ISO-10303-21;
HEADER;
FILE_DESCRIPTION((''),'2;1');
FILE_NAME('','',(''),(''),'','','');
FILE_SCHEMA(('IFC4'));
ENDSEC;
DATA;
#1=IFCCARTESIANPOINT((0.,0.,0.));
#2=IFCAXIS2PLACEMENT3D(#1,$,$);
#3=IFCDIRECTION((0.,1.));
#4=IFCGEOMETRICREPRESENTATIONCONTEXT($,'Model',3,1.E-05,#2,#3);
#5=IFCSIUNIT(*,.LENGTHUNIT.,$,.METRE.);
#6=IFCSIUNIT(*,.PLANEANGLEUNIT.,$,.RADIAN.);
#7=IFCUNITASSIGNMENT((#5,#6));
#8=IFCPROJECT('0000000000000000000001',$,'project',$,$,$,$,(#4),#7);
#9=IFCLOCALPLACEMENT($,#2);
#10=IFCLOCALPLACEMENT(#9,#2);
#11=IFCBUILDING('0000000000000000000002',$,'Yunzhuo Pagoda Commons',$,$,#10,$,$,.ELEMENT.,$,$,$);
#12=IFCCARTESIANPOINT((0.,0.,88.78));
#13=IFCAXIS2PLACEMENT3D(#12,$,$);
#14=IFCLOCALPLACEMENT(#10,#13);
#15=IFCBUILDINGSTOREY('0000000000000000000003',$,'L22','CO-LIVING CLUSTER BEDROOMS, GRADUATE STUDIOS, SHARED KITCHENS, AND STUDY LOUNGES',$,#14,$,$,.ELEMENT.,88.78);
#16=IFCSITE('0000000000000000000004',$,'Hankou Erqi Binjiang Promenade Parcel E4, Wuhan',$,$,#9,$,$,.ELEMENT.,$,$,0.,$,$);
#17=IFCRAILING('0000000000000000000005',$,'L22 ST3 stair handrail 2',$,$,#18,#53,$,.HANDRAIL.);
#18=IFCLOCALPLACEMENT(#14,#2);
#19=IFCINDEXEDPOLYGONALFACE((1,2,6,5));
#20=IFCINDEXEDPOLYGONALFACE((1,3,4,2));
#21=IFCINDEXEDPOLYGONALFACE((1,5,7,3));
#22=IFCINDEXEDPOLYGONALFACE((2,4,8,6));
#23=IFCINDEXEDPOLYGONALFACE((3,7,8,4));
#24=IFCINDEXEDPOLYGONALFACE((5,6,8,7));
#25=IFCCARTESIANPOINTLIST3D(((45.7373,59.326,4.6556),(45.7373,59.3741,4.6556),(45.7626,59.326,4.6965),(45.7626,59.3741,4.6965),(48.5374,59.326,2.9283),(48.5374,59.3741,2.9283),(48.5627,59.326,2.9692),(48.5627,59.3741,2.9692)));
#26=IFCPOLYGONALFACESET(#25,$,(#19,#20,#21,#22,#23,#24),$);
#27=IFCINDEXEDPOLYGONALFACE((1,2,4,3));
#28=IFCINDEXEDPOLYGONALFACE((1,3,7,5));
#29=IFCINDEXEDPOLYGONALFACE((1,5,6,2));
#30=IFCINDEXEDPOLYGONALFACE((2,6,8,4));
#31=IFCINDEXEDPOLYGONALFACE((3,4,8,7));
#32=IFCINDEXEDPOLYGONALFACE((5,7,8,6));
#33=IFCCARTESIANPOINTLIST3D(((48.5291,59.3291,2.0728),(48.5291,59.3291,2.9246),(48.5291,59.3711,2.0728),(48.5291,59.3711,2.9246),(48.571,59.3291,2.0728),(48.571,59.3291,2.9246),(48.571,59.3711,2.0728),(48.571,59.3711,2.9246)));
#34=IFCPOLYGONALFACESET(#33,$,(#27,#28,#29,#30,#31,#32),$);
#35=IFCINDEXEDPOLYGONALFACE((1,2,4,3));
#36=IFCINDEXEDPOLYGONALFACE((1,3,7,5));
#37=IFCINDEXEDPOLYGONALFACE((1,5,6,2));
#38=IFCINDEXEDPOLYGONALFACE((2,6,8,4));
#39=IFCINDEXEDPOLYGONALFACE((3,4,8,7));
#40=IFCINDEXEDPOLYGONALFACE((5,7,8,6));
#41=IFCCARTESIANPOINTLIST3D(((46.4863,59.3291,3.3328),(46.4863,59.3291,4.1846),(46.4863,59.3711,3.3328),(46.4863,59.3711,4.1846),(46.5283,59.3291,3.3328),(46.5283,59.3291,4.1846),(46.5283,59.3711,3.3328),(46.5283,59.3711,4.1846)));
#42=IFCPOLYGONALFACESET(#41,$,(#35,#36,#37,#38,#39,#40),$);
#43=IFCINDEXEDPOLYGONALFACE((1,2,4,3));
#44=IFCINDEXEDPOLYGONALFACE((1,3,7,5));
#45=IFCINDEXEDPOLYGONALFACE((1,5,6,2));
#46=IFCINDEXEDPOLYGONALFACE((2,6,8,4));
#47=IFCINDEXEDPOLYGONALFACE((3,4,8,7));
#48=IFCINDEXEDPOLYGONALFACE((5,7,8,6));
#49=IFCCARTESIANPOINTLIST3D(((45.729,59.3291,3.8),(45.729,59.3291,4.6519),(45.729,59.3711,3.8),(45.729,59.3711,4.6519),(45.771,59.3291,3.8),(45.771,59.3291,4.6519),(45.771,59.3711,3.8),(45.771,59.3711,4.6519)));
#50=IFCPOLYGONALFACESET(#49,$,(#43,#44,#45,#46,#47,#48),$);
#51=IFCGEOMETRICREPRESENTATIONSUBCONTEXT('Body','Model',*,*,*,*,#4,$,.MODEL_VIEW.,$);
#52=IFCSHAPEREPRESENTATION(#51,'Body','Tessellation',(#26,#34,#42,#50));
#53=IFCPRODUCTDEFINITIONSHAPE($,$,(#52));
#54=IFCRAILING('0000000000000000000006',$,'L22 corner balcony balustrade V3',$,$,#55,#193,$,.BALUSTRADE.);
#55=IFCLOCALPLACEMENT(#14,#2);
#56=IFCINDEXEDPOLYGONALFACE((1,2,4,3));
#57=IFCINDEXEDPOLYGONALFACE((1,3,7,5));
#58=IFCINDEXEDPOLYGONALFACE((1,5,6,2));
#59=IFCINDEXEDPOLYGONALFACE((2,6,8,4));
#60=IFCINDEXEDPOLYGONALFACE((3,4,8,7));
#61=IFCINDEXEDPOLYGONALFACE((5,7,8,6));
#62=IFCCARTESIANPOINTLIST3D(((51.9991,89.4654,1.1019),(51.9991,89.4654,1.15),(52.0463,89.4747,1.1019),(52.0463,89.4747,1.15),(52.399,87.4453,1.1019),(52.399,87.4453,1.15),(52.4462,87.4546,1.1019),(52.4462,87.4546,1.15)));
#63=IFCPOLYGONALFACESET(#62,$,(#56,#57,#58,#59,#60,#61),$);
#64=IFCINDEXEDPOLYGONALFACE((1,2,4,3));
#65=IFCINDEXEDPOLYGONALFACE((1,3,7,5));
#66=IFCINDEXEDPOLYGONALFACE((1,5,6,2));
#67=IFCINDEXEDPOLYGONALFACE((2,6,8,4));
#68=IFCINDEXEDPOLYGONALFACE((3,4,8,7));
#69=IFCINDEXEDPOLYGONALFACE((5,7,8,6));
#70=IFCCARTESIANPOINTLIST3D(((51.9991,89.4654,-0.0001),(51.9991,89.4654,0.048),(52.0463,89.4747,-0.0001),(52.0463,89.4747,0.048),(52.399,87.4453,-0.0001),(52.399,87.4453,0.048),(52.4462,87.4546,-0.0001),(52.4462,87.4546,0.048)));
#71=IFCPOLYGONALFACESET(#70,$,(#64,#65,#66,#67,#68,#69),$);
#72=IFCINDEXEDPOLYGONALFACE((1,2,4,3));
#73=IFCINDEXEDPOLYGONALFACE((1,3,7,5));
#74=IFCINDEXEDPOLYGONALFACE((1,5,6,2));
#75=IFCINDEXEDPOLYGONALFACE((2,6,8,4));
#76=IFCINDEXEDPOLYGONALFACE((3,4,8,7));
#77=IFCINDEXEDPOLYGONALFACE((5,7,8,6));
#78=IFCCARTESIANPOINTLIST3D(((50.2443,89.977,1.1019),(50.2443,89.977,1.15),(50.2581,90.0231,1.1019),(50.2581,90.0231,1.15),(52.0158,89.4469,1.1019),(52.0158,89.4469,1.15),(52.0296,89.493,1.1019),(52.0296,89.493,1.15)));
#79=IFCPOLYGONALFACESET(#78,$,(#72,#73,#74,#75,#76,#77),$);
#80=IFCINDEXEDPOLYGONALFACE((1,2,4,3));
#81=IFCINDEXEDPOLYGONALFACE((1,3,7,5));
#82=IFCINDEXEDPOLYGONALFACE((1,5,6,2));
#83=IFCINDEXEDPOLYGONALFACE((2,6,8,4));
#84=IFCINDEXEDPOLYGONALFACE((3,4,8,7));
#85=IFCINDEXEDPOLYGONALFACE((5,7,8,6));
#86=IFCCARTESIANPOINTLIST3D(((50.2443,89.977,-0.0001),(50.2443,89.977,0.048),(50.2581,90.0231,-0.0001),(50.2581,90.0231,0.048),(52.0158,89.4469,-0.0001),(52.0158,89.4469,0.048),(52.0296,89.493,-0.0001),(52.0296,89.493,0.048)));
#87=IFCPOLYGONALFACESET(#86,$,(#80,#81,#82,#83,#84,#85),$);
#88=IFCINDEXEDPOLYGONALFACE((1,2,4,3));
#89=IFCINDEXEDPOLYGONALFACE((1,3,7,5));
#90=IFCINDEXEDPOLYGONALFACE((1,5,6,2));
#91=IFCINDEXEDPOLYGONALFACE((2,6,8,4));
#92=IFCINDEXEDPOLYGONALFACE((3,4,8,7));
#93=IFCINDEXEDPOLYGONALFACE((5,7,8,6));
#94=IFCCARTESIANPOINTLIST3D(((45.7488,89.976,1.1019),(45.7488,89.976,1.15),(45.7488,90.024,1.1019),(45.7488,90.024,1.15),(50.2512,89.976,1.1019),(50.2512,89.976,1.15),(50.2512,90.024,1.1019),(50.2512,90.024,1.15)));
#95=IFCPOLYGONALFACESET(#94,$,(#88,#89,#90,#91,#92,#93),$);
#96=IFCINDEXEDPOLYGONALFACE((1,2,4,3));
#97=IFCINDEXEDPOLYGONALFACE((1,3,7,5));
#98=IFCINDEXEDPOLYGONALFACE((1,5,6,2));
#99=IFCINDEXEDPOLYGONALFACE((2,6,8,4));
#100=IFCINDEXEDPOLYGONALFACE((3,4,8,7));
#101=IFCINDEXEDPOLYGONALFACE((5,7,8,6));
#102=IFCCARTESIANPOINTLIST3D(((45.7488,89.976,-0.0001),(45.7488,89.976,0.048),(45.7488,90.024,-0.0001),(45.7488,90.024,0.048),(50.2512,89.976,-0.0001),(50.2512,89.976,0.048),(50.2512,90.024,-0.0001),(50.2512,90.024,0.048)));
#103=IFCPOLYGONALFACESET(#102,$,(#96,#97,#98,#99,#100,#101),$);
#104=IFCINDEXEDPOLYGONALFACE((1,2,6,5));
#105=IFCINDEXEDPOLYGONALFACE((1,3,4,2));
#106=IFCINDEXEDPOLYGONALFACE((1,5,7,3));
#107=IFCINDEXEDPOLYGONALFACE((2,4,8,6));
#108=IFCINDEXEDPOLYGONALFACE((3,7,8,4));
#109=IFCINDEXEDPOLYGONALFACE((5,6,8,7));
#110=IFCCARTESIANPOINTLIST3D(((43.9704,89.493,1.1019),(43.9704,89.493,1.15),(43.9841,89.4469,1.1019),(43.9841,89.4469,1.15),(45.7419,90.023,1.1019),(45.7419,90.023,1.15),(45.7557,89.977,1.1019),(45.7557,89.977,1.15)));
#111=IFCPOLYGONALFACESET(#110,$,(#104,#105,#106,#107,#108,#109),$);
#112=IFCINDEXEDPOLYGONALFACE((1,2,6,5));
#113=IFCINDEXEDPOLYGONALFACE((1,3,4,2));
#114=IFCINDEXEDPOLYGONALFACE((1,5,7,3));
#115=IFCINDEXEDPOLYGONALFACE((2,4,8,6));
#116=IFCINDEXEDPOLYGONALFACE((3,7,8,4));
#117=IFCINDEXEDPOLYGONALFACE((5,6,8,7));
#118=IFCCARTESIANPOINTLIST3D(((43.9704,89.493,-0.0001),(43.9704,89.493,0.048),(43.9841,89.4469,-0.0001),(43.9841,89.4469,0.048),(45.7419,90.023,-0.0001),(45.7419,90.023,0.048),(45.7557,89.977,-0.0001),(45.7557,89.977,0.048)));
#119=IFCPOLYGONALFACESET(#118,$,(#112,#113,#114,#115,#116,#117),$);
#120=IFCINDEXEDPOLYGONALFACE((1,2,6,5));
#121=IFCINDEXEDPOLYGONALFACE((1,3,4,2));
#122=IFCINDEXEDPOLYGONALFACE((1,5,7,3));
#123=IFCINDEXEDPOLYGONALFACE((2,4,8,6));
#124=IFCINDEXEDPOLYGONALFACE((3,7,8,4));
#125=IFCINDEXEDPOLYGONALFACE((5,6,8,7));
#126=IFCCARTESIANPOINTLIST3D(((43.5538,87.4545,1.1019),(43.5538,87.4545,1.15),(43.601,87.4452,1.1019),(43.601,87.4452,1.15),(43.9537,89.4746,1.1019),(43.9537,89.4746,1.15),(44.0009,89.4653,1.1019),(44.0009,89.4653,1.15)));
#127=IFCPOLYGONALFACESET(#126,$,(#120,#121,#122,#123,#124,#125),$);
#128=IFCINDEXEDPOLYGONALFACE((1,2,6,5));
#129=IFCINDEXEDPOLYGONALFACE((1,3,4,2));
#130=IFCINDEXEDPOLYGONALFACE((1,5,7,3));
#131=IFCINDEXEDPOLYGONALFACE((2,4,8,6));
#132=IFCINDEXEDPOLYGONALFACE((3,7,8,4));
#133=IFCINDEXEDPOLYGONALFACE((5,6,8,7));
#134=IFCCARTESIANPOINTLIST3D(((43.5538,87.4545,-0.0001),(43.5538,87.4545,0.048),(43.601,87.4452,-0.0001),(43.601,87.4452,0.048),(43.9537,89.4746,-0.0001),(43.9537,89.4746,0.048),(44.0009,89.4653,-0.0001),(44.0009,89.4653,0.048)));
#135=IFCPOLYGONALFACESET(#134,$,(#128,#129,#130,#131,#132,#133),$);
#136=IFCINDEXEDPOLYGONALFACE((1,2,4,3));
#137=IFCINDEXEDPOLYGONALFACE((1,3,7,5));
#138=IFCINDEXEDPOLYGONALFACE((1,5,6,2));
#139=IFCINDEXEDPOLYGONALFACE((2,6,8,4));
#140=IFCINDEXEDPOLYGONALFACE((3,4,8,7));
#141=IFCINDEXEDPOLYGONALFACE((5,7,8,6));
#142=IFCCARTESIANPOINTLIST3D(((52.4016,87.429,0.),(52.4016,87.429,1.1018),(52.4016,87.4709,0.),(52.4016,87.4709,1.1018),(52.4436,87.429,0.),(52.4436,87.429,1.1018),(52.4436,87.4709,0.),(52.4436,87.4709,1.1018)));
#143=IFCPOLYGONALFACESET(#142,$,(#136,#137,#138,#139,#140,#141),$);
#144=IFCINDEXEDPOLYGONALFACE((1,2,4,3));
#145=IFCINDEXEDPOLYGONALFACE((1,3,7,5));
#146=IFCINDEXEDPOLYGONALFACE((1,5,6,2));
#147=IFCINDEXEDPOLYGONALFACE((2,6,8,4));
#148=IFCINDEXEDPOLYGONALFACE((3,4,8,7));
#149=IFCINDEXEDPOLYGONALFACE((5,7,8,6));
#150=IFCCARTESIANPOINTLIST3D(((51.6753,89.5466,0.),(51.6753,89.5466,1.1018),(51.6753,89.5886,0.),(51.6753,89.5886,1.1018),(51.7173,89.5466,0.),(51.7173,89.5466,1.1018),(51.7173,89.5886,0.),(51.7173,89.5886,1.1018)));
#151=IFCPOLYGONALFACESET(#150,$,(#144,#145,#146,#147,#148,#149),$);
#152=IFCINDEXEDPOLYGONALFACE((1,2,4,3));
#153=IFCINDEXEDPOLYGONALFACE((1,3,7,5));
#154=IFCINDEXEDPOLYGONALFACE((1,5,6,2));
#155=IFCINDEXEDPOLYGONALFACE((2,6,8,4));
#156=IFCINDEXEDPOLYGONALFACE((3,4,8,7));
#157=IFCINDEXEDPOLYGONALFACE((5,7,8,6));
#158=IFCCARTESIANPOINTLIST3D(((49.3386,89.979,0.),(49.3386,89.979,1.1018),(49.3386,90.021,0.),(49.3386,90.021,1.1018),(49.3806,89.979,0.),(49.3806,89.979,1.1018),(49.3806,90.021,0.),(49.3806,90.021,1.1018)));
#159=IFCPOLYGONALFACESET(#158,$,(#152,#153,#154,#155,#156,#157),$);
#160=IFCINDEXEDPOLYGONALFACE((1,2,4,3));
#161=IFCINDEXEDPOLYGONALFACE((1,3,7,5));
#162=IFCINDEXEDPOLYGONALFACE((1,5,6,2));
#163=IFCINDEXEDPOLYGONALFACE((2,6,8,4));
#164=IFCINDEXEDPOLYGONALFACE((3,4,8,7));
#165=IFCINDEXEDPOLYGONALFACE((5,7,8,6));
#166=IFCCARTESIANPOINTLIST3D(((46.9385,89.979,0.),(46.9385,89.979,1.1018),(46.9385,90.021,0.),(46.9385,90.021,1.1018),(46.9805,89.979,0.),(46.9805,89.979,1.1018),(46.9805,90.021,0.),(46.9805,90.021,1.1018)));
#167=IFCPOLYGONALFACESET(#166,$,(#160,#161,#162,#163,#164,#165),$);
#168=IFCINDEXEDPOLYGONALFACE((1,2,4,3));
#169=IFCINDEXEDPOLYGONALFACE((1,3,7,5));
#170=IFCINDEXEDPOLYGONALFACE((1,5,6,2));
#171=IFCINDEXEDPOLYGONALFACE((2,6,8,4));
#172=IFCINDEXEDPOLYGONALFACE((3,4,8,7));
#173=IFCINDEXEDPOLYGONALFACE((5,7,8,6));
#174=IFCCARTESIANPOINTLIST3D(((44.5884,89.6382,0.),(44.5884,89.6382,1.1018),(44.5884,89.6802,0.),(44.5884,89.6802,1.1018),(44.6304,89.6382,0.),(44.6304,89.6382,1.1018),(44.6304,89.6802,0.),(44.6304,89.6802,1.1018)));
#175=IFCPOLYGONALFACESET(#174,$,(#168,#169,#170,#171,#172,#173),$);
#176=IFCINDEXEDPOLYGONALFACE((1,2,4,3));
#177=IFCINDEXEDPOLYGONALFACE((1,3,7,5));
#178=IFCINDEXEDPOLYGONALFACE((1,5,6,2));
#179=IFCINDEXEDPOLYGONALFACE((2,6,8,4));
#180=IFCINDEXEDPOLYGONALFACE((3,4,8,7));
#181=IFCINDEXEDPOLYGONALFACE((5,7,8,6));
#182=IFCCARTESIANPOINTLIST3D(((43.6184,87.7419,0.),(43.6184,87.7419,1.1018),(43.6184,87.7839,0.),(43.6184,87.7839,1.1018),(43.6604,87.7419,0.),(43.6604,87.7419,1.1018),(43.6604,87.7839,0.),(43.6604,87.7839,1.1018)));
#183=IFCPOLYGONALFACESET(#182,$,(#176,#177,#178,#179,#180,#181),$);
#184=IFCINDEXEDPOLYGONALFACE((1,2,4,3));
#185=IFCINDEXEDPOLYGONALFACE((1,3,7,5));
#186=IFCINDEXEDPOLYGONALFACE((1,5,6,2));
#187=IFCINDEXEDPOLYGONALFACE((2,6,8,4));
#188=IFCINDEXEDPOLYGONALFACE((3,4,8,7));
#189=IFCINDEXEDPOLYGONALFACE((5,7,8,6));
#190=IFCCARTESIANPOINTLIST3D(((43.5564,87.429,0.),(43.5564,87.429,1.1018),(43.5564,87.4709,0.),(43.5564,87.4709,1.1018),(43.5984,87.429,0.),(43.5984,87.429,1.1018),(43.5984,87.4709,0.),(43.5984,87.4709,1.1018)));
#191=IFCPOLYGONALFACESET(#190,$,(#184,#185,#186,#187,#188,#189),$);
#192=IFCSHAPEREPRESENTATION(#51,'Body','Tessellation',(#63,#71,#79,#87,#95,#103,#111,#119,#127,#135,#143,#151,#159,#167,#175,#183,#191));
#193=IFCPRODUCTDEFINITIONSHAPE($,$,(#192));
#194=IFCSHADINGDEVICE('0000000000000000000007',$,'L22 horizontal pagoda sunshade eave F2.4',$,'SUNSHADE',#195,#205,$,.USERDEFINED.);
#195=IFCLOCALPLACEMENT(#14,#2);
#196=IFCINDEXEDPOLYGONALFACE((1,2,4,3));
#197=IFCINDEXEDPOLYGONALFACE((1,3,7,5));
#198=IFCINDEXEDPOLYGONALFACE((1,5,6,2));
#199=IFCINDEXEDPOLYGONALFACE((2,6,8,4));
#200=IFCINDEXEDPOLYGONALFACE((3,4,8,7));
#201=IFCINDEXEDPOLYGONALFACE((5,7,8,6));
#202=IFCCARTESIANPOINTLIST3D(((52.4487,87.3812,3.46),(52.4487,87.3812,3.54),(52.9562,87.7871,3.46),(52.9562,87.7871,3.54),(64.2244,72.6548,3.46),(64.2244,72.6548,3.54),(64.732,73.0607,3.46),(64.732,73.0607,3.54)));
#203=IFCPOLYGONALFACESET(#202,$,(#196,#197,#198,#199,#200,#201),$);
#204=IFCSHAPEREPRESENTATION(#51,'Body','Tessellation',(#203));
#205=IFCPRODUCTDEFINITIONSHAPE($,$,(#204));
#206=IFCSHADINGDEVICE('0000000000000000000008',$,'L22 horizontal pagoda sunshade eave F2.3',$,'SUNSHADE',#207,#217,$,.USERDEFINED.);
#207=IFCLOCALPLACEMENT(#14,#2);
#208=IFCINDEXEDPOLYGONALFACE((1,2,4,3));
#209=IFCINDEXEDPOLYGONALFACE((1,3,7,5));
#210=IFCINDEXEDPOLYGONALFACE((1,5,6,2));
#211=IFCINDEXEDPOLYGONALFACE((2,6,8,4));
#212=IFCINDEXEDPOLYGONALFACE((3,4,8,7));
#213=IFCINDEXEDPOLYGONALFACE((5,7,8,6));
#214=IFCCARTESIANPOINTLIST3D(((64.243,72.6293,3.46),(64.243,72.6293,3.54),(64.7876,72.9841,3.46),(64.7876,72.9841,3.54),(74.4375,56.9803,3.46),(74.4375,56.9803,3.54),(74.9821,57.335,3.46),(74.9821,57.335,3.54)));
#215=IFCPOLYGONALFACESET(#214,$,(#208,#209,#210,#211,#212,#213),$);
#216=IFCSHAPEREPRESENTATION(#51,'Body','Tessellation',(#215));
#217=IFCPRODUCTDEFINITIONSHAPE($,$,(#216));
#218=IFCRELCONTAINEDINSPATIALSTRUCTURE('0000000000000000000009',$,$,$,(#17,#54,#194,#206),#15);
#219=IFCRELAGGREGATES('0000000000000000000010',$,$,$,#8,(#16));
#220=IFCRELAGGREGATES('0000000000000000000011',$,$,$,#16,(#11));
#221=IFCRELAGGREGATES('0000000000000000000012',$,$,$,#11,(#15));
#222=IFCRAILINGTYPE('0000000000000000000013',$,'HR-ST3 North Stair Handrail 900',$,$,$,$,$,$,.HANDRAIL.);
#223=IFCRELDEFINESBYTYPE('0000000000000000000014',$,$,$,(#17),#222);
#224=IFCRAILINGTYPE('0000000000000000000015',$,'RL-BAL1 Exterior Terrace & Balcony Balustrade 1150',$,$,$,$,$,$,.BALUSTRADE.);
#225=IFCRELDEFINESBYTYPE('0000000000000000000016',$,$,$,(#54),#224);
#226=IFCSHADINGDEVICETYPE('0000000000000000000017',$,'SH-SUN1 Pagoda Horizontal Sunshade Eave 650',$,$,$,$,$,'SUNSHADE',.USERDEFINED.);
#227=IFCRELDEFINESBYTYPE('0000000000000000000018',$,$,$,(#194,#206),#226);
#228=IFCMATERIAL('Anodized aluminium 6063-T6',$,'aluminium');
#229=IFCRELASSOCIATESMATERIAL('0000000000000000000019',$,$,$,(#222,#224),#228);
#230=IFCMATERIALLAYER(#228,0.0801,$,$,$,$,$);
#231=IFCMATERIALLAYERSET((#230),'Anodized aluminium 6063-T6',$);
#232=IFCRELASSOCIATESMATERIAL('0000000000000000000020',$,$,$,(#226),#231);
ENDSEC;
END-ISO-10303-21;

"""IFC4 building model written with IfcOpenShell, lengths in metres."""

from ifc_helpers import new_model, si_unit, direction, frame, origin, origin_2d, place, context, subcontext, project, spatial, rectangle, extrude, source, transform, mapped, material, layer, layer_set, type_object, element, save


model = new_model("IFC4")

# Units and contexts
model_context = context("Model", 3, precision=1e-05, world=origin(), true_north=direction((0.0, 1.0)))
body_context = subcontext(model_context, "Body", "Model", "MODEL_VIEW")
ifc_project = project(units=[si_unit("LENGTHUNIT", "METRE"), si_unit("PLANEANGLEUNIT", "RADIAN")], contexts=[model_context])

# Site, building, storey
site_placement = place(None, origin())
site = spatial("IfcSite", under=ifc_project, at=site_placement, Name="Hankou Erqi Binjiang Promenade Parcel E4, Wuhan", CompositionType="ELEMENT", RefElevation=0.0)
building_placement = place(site_placement, origin())
building = spatial("IfcBuilding", under=site, at=building_placement, Name="Yunzhuo Pagoda Commons", CompositionType="ELEMENT")
storey_placement = place(building_placement, frame((0.0, 0.0, 88.78)))
storey = spatial("IfcBuildingStorey", under=building, at=storey_placement, Name="L22", Description="CO-LIVING CLUSTER BEDROOMS, GRADUATE STUDIOS, SHARED KITCHENS, AND STUDY LOUNGES", CompositionType="ELEMENT", Elevation=88.78)

# Shared definitions
ifc_material_1 = material(Name="Anodized aluminium 6063-T6", Category="aluminium")

# Railings
railing_type_1 = type_object("IfcRailingType", Name="HR-ST3 North Stair Handrail 900", PredefinedType="HANDRAIL", material=ifc_material_1)
railing_1_placement = place(storey_placement, frame((48.55, 59.3501, 2.0728)))
element("IfcRailing", 1, at=railing_1_placement, inside=storey, type_object=railing_type_1, Name="L22 ST3 stair handrail 2", PredefinedType="HANDRAIL", context=body_context, shape_type="SweptSolid", body=[
    extrude(rectangle(XDim=0.0481, YDim=0.0481, at=origin_2d()), frame((0.0, 0.0, 0.876), z_axis=(-0.85109, 0.0, 0.52502), x_axis=(0.0, -1.0, 0.0)), (0.0, 0.0, 1.0), 3.29),
    extrude(rectangle(XDim=0.042, YDim=0.042, at=origin_2d()), origin(), (0.0, 0.0, 1.0), 0.8518),
    extrude(rectangle(XDim=0.042, YDim=0.042, at=origin_2d()), frame((-2.0427, 0.0, 1.26)), (0.0, 0.0, 1.0), 0.8518),
    extrude(rectangle(XDim=0.042, YDim=0.042, at=origin_2d()), frame((-2.8, 0.0, 1.7273)), (0.0, 0.0, 1.0), 0.8518),
])
railing_type_2 = type_object("IfcRailingType", Name="RL-BAL1 Exterior Terrace & Balcony Balustrade 1150", PredefinedType="BALUSTRADE", material=ifc_material_1)
railing_2_placement = place(storey_placement, frame((52.4226, 87.45, 0.0)))
element("IfcRailing", 2, at=railing_2_placement, inside=storey, type_object=railing_type_2, Name="L22 corner balcony balustrade V3", PredefinedType="BALUSTRADE", context=body_context, shape_type="SweptSolid", body=[
    extrude(rectangle(XDim=0.0481, YDim=0.0481, at=origin_2d()), frame((0.0, 0.0, 1.126), z_axis=(-0.194201, 0.980962, 0.0), x_axis=(-0.980962, -0.194201, 0.0)), (0.0, 0.0, 1.0), 2.0593),
    extrude(rectangle(XDim=0.0481, YDim=0.0481, at=origin_2d()), frame((0.0, 0.0, 0.0239), z_axis=(-0.194201, 0.980962, 0.0), x_axis=(-0.980962, -0.194201, 0.0)), (0.0, 0.0, 1.0), 2.0593),
    extrude(rectangle(XDim=0.0481, YDim=0.0481, at=origin_2d()), frame((-0.3999, 2.02, 1.126), z_axis=(-0.958037, 0.286645, 0.0), x_axis=(-0.286645, -0.958037, 0.0)), (0.0, 0.0, 1.0), 1.8491),
    extrude(rectangle(XDim=0.0481, YDim=0.0481, at=origin_2d()), frame((-0.3999, 2.02, 0.0239), z_axis=(-0.958037, 0.286645, 0.0), x_axis=(-0.286645, -0.958037, 0.0)), (0.0, 0.0, 1.0), 1.8491),
    extrude(rectangle(XDim=0.0481, YDim=0.0481, at=origin_2d()), frame((-2.1714, 2.55, 1.126), z_axis=(-1.0, 0.0, 0.0), x_axis=(0.0, -1.0, 0.0)), (0.0, 0.0, 1.0), 4.5024),
    extrude(rectangle(XDim=0.0481, YDim=0.0481, at=origin_2d()), frame((-2.1714, 2.55, 0.0239), z_axis=(-1.0, 0.0, 0.0), x_axis=(0.0, -1.0, 0.0)), (0.0, 0.0, 1.0), 4.5024),
    extrude(rectangle(XDim=0.0481, YDim=0.0481, at=origin_2d()), frame((-6.6738, 2.55, 1.126), z_axis=(-0.958037, -0.286645, 0.0), x_axis=(0.286645, -0.958037, 0.0)), (0.0, 0.0, 1.0), 1.8491),
    extrude(rectangle(XDim=0.0481, YDim=0.0481, at=origin_2d()), frame((-6.6738, 2.55, 0.0239), z_axis=(-0.958037, -0.286645, 0.0), x_axis=(0.286645, -0.958037, 0.0)), (0.0, 0.0, 1.0), 1.8491),
    extrude(rectangle(XDim=0.0481, YDim=0.0481, at=origin_2d()), frame((-8.4453, 2.02, 1.126), z_axis=(-0.194201, -0.980962, 0.0), x_axis=(0.980962, -0.194201, 0.0)), (0.0, 0.0, 1.0), 2.0593),
    extrude(rectangle(XDim=0.0481, YDim=0.0481, at=origin_2d()), frame((-8.4453, 2.02, 0.0239), z_axis=(-0.194201, -0.980962, 0.0), x_axis=(0.980962, -0.194201, 0.0)), (0.0, 0.0, 1.0), 2.0593),
    extrude(rectangle(XDim=0.042, YDim=0.042, at=origin_2d()), origin(), (0.0, 0.0, 1.0), 1.1018),
    extrude(rectangle(XDim=0.042, YDim=0.042, at=origin_2d()), frame((-0.7263, 2.1177, 0.0)), (0.0, 0.0, 1.0), 1.1018),
    extrude(rectangle(XDim=0.042, YDim=0.042, at=origin_2d()), frame((-3.063, 2.55, 0.0)), (0.0, 0.0, 1.0), 1.1018),
    extrude(rectangle(XDim=0.042, YDim=0.042, at=origin_2d()), frame((-5.4631, 2.55, 0.0)), (0.0, 0.0, 1.0), 1.1018),
    extrude(rectangle(XDim=0.042, YDim=0.042, at=origin_2d()), frame((-7.8132, 2.2092, 0.0)), (0.0, 0.0, 1.0), 1.1018),
    extrude(rectangle(XDim=0.042, YDim=0.042, at=origin_2d()), frame((-8.7832, 0.313, 0.0)), (0.0, 0.0, 1.0), 1.1018),
    extrude(rectangle(XDim=0.042, YDim=0.042, at=origin_2d()), frame((-8.8452, 0.0, 0.0)), (0.0, 0.0, 1.0), 1.1018),
])

# Shading devices
ifc_layer_1 = layer(ifc_material_1, 0.0801)
ifc_layer_set_1 = layer_set([ifc_layer_1], Name="Anodized aluminium 6063-T6")
shading_device_type = type_object("IfcShadingDeviceType", Name="SH-SUN1 Pagoda Horizontal Sunshade Eave 650", ElementType="SUNSHADE", PredefinedType="USERDEFINED", material=ifc_layer_set_1)
shared_shape_1 = source(origin(), body_context, "Body", "SweptSolid", [
    extrude(rectangle(XDim=18.8557, YDim=0.6499, at=origin_2d()), origin(), (0.0, 0.0, 1.0), 0.0801),
])
shading_device_1_placement = place(storey_placement, frame((58.5903, 80.2209, 3.46), z_axis=(0.0, 0.0, 1.0), x_axis=(-0.62452, 0.781008, 0.0)))
element("IfcShadingDevice", 3, at=shading_device_1_placement, inside=storey, type_object=shading_device_type, Name="L22 horizontal pagoda sunshade eave F2.4", ObjectType="SUNSHADE", PredefinedType="USERDEFINED", context=body_context, shape_type="MappedRepresentation", body=[
    mapped(shared_shape_1, transform((0.0, 0.0, 0.0), scale=1.0)),
])
shared_shape_2 = source(origin(), body_context, "Body", "SweptSolid", [
    extrude(rectangle(XDim=18.6768, YDim=0.6499, at=origin_2d()), origin(), (0.0, 0.0, 1.0), 0.0801),
])
shading_device_2_placement = place(storey_placement, frame((69.6125, 64.9822, 3.46), z_axis=(0.0, 0.0, 1.0), x_axis=(-0.545839, 0.83789, 0.0)))
element("IfcShadingDevice", 4, at=shading_device_2_placement, inside=storey, type_object=shading_device_type, Name="L22 horizontal pagoda sunshade eave F2.3", ObjectType="SUNSHADE", PredefinedType="USERDEFINED", context=body_context, shape_type="MappedRepresentation", body=[
    mapped(shared_shape_2, transform((0.0, 0.0, 0.0), scale=1.0)),
])

save(model, "model.ifc")
